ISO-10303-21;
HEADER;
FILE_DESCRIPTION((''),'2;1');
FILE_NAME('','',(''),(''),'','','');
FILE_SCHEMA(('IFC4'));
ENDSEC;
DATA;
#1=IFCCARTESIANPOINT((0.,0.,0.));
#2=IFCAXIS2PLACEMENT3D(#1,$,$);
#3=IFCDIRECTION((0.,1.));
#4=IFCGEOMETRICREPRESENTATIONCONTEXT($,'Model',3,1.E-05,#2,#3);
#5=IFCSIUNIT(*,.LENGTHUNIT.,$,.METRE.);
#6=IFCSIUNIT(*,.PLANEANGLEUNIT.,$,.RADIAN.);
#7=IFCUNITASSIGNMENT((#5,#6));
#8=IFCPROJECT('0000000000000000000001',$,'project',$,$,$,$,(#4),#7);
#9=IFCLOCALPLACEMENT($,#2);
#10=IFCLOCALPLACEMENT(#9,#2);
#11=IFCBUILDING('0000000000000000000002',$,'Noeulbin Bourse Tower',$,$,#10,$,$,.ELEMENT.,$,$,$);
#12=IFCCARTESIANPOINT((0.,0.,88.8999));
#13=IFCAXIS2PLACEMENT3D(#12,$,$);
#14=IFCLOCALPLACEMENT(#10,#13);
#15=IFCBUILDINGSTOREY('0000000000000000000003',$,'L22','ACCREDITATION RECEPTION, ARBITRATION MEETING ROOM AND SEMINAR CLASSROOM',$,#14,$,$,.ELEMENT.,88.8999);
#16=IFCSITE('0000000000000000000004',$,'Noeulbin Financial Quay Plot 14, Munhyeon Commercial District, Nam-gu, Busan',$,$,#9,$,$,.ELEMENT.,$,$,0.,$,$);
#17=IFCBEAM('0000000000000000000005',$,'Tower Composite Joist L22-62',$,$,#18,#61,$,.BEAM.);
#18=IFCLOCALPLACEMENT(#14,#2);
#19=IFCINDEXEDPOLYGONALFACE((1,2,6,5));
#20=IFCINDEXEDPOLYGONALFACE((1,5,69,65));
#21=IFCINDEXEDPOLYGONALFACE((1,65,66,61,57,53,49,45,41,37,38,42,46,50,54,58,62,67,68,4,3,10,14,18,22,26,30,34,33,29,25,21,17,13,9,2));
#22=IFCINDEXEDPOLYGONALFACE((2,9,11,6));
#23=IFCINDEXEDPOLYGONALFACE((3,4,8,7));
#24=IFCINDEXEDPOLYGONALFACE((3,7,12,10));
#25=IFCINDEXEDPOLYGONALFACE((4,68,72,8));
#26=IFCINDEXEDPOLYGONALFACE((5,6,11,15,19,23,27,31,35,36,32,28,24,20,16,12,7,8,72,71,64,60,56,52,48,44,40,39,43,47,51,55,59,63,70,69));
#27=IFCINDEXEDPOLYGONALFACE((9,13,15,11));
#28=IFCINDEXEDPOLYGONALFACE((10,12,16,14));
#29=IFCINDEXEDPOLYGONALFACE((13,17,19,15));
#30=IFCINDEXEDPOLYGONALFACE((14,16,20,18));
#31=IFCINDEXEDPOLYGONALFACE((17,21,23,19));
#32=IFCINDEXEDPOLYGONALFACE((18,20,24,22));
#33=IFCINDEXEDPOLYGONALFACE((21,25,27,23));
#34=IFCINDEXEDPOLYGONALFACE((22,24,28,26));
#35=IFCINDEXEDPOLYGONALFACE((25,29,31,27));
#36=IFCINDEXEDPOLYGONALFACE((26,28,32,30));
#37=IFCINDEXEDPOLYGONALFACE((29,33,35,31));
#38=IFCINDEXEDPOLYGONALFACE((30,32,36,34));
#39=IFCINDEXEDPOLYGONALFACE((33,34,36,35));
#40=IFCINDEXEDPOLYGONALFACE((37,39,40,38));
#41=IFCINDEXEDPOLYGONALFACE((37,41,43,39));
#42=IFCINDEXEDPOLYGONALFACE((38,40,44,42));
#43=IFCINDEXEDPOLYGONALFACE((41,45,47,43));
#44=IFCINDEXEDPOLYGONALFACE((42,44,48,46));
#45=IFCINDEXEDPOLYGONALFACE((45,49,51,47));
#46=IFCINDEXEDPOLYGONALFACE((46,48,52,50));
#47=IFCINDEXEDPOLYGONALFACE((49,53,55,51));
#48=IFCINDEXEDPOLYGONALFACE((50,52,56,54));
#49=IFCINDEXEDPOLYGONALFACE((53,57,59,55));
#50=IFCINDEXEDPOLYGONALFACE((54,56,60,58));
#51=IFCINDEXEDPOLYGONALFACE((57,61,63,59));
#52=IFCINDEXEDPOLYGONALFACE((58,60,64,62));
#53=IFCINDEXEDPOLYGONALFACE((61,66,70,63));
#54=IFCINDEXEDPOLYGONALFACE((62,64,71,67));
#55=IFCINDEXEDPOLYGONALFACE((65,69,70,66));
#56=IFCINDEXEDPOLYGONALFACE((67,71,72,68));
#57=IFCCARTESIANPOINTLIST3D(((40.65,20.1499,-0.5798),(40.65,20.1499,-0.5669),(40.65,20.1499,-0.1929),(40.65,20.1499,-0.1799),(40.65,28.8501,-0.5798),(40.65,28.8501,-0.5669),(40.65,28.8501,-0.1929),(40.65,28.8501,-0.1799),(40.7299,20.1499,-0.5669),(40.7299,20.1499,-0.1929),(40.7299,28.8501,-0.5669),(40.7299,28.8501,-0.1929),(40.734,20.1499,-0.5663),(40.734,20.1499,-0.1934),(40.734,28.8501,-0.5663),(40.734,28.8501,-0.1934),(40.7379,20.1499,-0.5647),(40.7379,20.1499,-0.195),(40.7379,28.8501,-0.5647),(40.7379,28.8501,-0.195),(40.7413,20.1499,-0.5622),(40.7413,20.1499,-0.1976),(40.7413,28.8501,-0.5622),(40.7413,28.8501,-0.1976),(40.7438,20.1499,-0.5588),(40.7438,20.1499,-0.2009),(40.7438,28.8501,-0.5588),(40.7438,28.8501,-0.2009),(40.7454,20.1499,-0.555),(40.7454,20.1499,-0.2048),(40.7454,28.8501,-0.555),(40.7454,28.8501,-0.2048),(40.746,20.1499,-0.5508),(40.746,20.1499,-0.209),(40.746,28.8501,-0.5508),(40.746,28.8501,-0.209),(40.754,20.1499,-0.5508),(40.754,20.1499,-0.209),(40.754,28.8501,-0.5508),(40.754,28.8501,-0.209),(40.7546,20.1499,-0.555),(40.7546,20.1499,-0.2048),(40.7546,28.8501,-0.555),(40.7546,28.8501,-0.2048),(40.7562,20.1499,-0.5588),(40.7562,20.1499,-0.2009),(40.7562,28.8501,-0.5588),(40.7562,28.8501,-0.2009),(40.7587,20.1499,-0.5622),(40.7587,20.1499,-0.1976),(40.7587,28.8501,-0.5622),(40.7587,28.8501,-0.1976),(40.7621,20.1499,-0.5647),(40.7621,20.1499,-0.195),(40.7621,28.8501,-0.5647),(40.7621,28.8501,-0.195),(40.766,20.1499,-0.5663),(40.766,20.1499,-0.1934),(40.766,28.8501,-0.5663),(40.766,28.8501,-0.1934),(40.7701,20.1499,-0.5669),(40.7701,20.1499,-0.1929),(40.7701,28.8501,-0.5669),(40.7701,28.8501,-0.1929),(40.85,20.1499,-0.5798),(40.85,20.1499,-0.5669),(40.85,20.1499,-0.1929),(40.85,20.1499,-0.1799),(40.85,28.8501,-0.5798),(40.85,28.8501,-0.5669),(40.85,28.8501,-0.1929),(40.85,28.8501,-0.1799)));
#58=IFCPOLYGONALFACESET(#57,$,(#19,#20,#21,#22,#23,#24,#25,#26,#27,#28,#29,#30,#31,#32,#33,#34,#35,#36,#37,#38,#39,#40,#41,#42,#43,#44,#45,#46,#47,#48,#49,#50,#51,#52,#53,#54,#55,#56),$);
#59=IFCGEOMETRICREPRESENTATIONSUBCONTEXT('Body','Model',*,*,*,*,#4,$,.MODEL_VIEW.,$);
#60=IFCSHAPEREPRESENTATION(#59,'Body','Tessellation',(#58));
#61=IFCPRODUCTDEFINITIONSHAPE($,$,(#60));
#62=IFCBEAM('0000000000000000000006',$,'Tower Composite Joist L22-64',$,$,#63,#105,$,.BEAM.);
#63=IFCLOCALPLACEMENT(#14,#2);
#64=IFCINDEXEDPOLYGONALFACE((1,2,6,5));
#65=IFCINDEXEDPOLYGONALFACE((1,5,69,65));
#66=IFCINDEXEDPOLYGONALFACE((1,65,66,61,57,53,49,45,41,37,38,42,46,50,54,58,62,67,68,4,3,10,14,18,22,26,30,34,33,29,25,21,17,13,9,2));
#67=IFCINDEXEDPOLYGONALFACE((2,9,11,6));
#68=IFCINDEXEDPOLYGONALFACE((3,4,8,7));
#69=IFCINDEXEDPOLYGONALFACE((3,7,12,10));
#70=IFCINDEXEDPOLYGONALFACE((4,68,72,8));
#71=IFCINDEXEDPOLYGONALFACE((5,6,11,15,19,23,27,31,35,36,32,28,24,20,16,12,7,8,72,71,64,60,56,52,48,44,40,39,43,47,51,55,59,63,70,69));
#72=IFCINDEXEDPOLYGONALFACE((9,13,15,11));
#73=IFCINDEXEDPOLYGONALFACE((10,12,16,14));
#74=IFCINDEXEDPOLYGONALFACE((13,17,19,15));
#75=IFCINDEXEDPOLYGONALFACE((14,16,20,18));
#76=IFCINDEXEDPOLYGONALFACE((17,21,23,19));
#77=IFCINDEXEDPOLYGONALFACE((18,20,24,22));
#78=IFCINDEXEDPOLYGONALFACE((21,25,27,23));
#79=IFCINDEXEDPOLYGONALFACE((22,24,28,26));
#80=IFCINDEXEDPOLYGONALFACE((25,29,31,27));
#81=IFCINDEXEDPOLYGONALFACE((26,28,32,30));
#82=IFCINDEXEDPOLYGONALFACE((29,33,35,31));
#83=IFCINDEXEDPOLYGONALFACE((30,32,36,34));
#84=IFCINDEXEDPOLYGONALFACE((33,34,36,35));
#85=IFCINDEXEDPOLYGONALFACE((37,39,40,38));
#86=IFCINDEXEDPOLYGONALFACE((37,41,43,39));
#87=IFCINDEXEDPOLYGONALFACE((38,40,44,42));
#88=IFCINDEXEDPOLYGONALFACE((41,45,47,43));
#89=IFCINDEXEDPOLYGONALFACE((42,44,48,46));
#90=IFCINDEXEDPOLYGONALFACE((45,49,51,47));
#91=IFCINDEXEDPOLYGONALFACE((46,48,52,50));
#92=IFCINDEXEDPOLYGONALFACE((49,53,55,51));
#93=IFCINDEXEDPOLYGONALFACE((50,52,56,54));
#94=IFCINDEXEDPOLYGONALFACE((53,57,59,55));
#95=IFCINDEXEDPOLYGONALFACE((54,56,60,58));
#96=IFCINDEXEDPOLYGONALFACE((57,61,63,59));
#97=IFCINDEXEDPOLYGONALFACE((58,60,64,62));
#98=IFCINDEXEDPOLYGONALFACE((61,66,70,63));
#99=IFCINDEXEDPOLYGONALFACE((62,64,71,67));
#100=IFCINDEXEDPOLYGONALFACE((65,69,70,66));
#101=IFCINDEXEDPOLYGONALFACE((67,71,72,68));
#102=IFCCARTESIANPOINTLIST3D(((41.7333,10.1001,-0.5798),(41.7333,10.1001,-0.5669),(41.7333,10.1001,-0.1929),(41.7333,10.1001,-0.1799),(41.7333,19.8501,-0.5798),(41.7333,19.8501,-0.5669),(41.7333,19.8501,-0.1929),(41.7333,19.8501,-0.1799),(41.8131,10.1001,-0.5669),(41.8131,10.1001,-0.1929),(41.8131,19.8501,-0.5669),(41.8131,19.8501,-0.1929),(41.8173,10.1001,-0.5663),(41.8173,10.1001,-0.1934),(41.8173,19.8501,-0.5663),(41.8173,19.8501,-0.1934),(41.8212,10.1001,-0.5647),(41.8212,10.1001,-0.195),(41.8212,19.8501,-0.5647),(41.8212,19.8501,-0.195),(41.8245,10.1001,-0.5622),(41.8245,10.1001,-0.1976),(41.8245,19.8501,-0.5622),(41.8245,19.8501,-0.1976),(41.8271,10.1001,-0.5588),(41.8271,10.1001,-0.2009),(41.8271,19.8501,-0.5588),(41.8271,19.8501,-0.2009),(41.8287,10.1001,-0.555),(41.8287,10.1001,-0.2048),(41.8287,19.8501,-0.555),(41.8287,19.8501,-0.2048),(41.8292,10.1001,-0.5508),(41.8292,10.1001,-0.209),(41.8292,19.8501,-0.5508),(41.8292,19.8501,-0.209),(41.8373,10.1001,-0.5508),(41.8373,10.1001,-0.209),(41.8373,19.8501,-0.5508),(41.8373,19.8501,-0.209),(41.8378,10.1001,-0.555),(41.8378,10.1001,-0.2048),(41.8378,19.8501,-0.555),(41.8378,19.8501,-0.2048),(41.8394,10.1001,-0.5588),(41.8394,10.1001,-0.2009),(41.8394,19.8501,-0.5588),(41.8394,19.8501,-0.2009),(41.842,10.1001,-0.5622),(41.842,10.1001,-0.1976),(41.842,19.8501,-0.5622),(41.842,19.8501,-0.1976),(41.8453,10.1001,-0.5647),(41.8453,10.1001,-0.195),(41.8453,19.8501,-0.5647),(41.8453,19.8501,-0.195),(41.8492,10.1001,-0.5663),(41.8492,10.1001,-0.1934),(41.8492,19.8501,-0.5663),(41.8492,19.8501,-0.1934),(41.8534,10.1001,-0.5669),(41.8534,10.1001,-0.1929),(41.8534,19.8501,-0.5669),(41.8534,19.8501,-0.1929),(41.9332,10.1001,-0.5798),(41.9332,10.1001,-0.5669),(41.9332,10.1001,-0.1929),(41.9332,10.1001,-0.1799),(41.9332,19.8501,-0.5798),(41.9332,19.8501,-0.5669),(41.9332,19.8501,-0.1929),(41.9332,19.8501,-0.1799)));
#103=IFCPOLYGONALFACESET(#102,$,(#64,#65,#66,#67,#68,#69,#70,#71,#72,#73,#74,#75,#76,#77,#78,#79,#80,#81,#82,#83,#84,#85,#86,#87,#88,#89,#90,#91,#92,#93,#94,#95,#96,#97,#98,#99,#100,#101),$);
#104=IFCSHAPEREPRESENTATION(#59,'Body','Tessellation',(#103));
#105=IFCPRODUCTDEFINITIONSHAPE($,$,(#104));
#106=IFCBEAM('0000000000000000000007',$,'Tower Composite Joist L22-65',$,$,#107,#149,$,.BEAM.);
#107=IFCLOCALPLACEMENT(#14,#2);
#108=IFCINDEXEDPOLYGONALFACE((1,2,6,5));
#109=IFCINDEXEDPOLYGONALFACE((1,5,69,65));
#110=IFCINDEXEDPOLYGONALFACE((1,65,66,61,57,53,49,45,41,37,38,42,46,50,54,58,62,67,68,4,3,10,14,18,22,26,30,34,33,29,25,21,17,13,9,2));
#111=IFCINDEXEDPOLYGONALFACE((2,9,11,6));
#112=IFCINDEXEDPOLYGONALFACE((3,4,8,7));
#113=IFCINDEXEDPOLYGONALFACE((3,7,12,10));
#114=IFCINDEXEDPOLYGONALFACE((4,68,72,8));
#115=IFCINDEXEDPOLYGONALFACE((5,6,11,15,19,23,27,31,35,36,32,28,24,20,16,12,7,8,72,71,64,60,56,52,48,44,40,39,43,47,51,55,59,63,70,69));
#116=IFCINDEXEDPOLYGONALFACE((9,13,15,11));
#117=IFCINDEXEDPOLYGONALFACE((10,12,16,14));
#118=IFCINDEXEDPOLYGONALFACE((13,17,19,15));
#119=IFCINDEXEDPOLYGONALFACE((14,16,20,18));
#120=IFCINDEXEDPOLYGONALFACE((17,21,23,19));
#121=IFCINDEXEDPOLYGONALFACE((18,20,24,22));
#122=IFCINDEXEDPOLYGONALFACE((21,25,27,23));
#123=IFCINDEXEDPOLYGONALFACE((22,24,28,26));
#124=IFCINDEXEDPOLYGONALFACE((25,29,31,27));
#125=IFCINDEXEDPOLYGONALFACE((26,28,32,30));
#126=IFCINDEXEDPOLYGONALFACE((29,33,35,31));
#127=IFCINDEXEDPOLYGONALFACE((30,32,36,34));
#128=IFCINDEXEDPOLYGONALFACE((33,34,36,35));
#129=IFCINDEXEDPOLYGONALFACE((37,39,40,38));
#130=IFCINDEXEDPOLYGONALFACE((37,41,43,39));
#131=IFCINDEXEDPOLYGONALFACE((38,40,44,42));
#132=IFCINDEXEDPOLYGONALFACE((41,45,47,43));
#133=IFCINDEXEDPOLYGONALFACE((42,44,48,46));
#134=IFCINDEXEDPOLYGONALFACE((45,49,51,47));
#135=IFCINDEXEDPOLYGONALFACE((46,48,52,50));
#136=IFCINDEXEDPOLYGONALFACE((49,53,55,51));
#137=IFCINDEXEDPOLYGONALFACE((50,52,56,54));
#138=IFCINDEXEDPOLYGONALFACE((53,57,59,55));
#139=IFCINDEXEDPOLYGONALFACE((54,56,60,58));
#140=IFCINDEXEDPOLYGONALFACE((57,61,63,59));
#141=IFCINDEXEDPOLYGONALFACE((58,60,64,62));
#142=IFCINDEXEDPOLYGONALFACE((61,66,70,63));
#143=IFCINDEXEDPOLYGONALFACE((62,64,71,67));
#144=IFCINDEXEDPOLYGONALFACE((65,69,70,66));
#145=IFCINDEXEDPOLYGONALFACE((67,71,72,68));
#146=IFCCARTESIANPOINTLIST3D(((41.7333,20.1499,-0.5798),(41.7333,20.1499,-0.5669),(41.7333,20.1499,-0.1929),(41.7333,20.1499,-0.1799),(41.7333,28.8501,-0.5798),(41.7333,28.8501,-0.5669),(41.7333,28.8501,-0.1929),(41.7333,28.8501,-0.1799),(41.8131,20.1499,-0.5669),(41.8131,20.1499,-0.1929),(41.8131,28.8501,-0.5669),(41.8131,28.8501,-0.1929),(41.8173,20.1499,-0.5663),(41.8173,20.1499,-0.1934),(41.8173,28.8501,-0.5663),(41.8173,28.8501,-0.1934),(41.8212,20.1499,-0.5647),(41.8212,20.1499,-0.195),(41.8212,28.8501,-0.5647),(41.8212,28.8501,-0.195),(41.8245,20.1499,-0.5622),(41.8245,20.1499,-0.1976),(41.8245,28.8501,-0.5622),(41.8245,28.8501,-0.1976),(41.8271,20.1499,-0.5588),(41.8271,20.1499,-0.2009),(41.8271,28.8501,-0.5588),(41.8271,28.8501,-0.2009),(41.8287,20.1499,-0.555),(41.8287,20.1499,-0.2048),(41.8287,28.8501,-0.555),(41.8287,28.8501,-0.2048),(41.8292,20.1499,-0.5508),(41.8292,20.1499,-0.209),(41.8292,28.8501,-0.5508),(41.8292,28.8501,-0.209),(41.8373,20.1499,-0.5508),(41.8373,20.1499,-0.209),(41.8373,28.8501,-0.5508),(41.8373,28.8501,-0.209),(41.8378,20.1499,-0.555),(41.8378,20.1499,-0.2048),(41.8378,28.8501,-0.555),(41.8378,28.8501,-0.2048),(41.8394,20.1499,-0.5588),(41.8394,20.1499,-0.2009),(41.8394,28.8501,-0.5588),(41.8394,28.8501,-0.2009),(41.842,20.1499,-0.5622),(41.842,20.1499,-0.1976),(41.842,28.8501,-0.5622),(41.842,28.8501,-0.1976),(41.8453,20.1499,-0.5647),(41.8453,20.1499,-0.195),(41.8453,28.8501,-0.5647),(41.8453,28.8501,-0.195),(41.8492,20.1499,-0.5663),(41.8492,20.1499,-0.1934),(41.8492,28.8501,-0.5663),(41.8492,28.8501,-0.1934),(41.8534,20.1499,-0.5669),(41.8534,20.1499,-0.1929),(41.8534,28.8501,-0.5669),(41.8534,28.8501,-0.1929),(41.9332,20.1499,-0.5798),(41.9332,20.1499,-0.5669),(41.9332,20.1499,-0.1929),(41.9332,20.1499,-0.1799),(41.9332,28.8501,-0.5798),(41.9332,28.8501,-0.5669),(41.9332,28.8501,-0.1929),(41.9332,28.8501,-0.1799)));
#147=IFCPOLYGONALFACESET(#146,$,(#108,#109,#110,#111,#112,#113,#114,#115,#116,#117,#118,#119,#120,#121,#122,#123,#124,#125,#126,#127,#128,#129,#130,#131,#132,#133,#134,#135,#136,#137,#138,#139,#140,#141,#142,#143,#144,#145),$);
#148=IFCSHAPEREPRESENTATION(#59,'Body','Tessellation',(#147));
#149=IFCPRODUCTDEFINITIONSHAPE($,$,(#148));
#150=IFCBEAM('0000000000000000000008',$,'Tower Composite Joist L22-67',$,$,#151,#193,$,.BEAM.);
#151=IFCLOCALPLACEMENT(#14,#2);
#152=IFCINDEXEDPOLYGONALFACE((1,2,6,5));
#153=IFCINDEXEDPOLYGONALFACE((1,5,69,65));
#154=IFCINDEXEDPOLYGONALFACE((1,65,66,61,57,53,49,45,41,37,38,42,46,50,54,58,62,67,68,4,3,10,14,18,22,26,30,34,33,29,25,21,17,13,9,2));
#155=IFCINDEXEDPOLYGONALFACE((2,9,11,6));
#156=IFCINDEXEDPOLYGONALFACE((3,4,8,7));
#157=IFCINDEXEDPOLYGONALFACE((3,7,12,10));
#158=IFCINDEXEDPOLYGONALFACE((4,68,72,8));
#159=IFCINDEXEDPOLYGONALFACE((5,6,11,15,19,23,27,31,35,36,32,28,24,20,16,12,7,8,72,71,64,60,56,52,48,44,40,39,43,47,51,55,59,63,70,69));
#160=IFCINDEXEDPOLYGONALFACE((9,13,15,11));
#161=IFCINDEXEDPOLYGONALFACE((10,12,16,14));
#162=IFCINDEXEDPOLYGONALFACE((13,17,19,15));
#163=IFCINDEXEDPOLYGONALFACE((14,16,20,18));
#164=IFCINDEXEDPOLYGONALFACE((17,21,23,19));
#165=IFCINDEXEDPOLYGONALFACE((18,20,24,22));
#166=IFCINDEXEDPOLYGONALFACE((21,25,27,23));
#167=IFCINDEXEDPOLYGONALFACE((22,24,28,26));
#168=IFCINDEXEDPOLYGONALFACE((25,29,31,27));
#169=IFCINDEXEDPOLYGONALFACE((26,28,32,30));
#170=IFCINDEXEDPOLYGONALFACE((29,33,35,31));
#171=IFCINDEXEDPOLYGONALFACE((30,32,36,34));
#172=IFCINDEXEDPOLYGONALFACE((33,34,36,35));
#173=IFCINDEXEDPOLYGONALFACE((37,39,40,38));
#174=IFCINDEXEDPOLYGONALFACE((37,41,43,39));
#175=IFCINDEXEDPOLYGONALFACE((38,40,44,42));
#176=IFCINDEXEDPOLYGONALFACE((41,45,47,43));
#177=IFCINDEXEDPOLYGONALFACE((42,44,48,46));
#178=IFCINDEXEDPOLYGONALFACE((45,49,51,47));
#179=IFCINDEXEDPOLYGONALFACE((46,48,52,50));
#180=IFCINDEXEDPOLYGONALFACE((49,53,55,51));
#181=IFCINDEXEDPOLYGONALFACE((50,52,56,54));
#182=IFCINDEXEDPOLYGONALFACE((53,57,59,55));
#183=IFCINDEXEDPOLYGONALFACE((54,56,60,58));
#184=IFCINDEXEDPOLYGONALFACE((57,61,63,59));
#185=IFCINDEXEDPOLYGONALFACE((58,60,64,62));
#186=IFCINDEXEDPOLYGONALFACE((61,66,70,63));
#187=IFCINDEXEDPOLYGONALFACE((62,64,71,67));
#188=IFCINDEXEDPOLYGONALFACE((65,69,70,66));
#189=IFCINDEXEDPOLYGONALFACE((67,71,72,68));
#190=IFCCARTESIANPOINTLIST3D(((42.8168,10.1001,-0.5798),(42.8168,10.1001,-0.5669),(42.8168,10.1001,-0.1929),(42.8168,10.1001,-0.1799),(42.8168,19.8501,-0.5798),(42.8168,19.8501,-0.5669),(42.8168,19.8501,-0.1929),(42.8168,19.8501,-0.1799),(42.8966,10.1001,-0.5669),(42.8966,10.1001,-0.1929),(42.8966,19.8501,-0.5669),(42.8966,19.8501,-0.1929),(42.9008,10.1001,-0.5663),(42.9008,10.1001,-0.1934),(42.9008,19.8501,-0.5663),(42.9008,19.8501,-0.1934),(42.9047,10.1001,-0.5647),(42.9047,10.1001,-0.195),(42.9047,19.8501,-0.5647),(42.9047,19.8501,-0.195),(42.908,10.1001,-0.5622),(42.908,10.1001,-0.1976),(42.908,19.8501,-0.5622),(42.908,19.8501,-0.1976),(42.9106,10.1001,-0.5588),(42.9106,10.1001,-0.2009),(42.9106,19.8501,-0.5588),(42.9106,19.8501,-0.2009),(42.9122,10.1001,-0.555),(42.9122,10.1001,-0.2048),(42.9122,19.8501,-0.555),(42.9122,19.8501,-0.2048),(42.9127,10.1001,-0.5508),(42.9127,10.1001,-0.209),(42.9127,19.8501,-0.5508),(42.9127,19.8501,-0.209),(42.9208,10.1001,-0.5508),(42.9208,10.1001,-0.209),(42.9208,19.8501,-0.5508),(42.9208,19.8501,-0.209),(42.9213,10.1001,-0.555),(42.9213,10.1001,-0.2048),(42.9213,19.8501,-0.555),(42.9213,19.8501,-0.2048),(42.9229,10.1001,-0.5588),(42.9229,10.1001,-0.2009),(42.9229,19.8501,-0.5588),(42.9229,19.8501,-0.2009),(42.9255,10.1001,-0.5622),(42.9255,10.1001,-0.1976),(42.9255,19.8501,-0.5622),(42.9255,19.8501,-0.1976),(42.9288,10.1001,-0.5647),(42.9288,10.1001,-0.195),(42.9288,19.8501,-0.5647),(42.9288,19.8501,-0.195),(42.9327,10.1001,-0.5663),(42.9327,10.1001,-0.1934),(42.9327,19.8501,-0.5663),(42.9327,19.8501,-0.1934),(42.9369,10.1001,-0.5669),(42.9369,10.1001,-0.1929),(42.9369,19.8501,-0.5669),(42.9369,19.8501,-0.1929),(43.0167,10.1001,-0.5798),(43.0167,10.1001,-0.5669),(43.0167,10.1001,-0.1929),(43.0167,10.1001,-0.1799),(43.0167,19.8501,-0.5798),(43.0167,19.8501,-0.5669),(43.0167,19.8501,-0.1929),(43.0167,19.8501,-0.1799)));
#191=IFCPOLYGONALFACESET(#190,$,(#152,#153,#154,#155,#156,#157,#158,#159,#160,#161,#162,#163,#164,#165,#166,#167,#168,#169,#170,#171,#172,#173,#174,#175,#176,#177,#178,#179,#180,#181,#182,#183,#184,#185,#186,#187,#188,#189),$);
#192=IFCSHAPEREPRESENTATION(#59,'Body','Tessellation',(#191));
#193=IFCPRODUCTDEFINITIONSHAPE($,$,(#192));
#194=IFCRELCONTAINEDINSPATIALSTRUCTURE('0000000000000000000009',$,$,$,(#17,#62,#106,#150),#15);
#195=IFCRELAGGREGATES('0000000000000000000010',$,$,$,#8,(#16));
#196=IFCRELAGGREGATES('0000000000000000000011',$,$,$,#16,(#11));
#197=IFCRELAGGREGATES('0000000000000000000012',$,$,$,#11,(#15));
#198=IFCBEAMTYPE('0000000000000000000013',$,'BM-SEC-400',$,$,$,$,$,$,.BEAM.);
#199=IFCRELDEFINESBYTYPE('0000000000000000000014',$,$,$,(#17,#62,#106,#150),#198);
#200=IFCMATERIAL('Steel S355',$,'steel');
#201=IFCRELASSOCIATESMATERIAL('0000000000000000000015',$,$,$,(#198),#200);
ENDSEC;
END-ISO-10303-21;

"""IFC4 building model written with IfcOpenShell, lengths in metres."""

from ifc_helpers import new_model, si_unit, direction, frame, origin, origin_2d, place, context, subcontext, project, spatial, i_section, extrude, material, material_profile, profile_set, type_object, element, save


model = new_model("IFC4")

# Units and contexts
model_context = context("Model", 3, precision=1e-05, world=origin(), true_north=direction((0.0, 1.0)))
body_context = subcontext(model_context, "Body", "Model", "MODEL_VIEW")
ifc_project = project(units=[si_unit("LENGTHUNIT", "METRE"), si_unit("PLANEANGLEUNIT", "RADIAN")], contexts=[model_context])

# Site, building, storey
site_placement = place(None, origin())
site = spatial("IfcSite", under=ifc_project, at=site_placement, Name="Noeulbin Financial Quay Plot 14, Munhyeon Commercial District, Nam-gu, Busan", CompositionType="ELEMENT", RefElevation=0.0)
building_placement = place(site_placement, origin())
building = spatial("IfcBuilding", under=site, at=building_placement, Name="Noeulbin Bourse Tower", CompositionType="ELEMENT")
storey_placement = place(building_placement, frame((0.0, 0.0, 88.8999)))
storey = spatial("IfcBuildingStorey", under=building, at=storey_placement, Name="L22", Description="ACCREDITATION RECEPTION, ARBITRATION MEETING ROOM AND SEMINAR CLASSROOM", CompositionType="ELEMENT", Elevation=88.8999)

# Beams
ifc_material_1 = material(Name="Steel S355", Category="steel")
ifc_material_profile_1 = material_profile(ifc_material_1, i_section(OverallWidth=0.2, OverallDepth=0.3999, WebThickness=0.0081, FlangeThickness=0.0129, FilletRadius=0.0161, at=origin_2d()), Name="H-400x200x8x13", Category="LoadBearing")
ifc_profile_set_1 = profile_set([ifc_material_profile_1], Name="Steel S355")
beam_type_1 = type_object("IfcBeamType", Name="BM-SEC-400", PredefinedType="BEAM", material=ifc_profile_set_1)
beam_1_placement = place(storey_placement, frame((40.75, 20.1499, -0.3799), z_axis=(0.0, 1.0, 0.0), x_axis=(-1.0, 0.0, 0.0)))
element("IfcBeam", 1, at=beam_1_placement, inside=storey, type_object=beam_type_1, Name="Tower Composite Joist L22-62", PredefinedType="BEAM", context=body_context, shape_type="SweptSolid", body=[
    extrude(i_section(OverallWidth=0.2, OverallDepth=0.3999, WebThickness=0.0081, FlangeThickness=0.0129, FilletRadius=0.0161, at=origin_2d()), origin(), (0.0, 0.0, 1.0), 8.7002),
])
beam_2_placement = place(storey_placement, frame((41.8333, 10.1001, -0.3799), z_axis=(0.0, 1.0, 0.0), x_axis=(-1.0, 0.0, 0.0)))
element("IfcBeam", 2, at=beam_2_placement, inside=storey, type_object=beam_type_1, Name="Tower Composite Joist L22-64", PredefinedType="BEAM", context=body_context, shape_type="SweptSolid", body=[
    extrude(i_section(OverallWidth=0.2, OverallDepth=0.3999, WebThickness=0.0081, FlangeThickness=0.0129, FilletRadius=0.0161, at=origin_2d()), origin(), (0.0, 0.0, 1.0), 9.75),
])
beam_3_placement = place(storey_placement, frame((41.8333, 20.1499, -0.3799), z_axis=(0.0, 1.0, 0.0), x_axis=(-1.0, 0.0, 0.0)))
element("IfcBeam", 3, at=beam_3_placement, inside=storey, type_object=beam_type_1, Name="Tower Composite Joist L22-65", PredefinedType="BEAM", context=body_context, shape_type="SweptSolid", body=[
    extrude(i_section(OverallWidth=0.2, OverallDepth=0.3999, WebThickness=0.0081, FlangeThickness=0.0129, FilletRadius=0.0161, at=origin_2d()), origin(), (0.0, 0.0, 1.0), 8.7002),
])
beam_4_placement = place(storey_placement, frame((42.9167, 10.1001, -0.3799), z_axis=(0.0, 1.0, 0.0), x_axis=(-1.0, 0.0, 0.0)))
element("IfcBeam", 4, at=beam_4_placement, inside=storey, type_object=beam_type_1, Name="Tower Composite Joist L22-67", PredefinedType="BEAM", context=body_context, shape_type="SweptSolid", body=[
    extrude(i_section(OverallWidth=0.2, OverallDepth=0.3999, WebThickness=0.0081, FlangeThickness=0.0129, FilletRadius=0.0161, at=origin_2d()), origin(), (0.0, 0.0, 1.0), 9.75),
])

save(model, "model.ifc")
